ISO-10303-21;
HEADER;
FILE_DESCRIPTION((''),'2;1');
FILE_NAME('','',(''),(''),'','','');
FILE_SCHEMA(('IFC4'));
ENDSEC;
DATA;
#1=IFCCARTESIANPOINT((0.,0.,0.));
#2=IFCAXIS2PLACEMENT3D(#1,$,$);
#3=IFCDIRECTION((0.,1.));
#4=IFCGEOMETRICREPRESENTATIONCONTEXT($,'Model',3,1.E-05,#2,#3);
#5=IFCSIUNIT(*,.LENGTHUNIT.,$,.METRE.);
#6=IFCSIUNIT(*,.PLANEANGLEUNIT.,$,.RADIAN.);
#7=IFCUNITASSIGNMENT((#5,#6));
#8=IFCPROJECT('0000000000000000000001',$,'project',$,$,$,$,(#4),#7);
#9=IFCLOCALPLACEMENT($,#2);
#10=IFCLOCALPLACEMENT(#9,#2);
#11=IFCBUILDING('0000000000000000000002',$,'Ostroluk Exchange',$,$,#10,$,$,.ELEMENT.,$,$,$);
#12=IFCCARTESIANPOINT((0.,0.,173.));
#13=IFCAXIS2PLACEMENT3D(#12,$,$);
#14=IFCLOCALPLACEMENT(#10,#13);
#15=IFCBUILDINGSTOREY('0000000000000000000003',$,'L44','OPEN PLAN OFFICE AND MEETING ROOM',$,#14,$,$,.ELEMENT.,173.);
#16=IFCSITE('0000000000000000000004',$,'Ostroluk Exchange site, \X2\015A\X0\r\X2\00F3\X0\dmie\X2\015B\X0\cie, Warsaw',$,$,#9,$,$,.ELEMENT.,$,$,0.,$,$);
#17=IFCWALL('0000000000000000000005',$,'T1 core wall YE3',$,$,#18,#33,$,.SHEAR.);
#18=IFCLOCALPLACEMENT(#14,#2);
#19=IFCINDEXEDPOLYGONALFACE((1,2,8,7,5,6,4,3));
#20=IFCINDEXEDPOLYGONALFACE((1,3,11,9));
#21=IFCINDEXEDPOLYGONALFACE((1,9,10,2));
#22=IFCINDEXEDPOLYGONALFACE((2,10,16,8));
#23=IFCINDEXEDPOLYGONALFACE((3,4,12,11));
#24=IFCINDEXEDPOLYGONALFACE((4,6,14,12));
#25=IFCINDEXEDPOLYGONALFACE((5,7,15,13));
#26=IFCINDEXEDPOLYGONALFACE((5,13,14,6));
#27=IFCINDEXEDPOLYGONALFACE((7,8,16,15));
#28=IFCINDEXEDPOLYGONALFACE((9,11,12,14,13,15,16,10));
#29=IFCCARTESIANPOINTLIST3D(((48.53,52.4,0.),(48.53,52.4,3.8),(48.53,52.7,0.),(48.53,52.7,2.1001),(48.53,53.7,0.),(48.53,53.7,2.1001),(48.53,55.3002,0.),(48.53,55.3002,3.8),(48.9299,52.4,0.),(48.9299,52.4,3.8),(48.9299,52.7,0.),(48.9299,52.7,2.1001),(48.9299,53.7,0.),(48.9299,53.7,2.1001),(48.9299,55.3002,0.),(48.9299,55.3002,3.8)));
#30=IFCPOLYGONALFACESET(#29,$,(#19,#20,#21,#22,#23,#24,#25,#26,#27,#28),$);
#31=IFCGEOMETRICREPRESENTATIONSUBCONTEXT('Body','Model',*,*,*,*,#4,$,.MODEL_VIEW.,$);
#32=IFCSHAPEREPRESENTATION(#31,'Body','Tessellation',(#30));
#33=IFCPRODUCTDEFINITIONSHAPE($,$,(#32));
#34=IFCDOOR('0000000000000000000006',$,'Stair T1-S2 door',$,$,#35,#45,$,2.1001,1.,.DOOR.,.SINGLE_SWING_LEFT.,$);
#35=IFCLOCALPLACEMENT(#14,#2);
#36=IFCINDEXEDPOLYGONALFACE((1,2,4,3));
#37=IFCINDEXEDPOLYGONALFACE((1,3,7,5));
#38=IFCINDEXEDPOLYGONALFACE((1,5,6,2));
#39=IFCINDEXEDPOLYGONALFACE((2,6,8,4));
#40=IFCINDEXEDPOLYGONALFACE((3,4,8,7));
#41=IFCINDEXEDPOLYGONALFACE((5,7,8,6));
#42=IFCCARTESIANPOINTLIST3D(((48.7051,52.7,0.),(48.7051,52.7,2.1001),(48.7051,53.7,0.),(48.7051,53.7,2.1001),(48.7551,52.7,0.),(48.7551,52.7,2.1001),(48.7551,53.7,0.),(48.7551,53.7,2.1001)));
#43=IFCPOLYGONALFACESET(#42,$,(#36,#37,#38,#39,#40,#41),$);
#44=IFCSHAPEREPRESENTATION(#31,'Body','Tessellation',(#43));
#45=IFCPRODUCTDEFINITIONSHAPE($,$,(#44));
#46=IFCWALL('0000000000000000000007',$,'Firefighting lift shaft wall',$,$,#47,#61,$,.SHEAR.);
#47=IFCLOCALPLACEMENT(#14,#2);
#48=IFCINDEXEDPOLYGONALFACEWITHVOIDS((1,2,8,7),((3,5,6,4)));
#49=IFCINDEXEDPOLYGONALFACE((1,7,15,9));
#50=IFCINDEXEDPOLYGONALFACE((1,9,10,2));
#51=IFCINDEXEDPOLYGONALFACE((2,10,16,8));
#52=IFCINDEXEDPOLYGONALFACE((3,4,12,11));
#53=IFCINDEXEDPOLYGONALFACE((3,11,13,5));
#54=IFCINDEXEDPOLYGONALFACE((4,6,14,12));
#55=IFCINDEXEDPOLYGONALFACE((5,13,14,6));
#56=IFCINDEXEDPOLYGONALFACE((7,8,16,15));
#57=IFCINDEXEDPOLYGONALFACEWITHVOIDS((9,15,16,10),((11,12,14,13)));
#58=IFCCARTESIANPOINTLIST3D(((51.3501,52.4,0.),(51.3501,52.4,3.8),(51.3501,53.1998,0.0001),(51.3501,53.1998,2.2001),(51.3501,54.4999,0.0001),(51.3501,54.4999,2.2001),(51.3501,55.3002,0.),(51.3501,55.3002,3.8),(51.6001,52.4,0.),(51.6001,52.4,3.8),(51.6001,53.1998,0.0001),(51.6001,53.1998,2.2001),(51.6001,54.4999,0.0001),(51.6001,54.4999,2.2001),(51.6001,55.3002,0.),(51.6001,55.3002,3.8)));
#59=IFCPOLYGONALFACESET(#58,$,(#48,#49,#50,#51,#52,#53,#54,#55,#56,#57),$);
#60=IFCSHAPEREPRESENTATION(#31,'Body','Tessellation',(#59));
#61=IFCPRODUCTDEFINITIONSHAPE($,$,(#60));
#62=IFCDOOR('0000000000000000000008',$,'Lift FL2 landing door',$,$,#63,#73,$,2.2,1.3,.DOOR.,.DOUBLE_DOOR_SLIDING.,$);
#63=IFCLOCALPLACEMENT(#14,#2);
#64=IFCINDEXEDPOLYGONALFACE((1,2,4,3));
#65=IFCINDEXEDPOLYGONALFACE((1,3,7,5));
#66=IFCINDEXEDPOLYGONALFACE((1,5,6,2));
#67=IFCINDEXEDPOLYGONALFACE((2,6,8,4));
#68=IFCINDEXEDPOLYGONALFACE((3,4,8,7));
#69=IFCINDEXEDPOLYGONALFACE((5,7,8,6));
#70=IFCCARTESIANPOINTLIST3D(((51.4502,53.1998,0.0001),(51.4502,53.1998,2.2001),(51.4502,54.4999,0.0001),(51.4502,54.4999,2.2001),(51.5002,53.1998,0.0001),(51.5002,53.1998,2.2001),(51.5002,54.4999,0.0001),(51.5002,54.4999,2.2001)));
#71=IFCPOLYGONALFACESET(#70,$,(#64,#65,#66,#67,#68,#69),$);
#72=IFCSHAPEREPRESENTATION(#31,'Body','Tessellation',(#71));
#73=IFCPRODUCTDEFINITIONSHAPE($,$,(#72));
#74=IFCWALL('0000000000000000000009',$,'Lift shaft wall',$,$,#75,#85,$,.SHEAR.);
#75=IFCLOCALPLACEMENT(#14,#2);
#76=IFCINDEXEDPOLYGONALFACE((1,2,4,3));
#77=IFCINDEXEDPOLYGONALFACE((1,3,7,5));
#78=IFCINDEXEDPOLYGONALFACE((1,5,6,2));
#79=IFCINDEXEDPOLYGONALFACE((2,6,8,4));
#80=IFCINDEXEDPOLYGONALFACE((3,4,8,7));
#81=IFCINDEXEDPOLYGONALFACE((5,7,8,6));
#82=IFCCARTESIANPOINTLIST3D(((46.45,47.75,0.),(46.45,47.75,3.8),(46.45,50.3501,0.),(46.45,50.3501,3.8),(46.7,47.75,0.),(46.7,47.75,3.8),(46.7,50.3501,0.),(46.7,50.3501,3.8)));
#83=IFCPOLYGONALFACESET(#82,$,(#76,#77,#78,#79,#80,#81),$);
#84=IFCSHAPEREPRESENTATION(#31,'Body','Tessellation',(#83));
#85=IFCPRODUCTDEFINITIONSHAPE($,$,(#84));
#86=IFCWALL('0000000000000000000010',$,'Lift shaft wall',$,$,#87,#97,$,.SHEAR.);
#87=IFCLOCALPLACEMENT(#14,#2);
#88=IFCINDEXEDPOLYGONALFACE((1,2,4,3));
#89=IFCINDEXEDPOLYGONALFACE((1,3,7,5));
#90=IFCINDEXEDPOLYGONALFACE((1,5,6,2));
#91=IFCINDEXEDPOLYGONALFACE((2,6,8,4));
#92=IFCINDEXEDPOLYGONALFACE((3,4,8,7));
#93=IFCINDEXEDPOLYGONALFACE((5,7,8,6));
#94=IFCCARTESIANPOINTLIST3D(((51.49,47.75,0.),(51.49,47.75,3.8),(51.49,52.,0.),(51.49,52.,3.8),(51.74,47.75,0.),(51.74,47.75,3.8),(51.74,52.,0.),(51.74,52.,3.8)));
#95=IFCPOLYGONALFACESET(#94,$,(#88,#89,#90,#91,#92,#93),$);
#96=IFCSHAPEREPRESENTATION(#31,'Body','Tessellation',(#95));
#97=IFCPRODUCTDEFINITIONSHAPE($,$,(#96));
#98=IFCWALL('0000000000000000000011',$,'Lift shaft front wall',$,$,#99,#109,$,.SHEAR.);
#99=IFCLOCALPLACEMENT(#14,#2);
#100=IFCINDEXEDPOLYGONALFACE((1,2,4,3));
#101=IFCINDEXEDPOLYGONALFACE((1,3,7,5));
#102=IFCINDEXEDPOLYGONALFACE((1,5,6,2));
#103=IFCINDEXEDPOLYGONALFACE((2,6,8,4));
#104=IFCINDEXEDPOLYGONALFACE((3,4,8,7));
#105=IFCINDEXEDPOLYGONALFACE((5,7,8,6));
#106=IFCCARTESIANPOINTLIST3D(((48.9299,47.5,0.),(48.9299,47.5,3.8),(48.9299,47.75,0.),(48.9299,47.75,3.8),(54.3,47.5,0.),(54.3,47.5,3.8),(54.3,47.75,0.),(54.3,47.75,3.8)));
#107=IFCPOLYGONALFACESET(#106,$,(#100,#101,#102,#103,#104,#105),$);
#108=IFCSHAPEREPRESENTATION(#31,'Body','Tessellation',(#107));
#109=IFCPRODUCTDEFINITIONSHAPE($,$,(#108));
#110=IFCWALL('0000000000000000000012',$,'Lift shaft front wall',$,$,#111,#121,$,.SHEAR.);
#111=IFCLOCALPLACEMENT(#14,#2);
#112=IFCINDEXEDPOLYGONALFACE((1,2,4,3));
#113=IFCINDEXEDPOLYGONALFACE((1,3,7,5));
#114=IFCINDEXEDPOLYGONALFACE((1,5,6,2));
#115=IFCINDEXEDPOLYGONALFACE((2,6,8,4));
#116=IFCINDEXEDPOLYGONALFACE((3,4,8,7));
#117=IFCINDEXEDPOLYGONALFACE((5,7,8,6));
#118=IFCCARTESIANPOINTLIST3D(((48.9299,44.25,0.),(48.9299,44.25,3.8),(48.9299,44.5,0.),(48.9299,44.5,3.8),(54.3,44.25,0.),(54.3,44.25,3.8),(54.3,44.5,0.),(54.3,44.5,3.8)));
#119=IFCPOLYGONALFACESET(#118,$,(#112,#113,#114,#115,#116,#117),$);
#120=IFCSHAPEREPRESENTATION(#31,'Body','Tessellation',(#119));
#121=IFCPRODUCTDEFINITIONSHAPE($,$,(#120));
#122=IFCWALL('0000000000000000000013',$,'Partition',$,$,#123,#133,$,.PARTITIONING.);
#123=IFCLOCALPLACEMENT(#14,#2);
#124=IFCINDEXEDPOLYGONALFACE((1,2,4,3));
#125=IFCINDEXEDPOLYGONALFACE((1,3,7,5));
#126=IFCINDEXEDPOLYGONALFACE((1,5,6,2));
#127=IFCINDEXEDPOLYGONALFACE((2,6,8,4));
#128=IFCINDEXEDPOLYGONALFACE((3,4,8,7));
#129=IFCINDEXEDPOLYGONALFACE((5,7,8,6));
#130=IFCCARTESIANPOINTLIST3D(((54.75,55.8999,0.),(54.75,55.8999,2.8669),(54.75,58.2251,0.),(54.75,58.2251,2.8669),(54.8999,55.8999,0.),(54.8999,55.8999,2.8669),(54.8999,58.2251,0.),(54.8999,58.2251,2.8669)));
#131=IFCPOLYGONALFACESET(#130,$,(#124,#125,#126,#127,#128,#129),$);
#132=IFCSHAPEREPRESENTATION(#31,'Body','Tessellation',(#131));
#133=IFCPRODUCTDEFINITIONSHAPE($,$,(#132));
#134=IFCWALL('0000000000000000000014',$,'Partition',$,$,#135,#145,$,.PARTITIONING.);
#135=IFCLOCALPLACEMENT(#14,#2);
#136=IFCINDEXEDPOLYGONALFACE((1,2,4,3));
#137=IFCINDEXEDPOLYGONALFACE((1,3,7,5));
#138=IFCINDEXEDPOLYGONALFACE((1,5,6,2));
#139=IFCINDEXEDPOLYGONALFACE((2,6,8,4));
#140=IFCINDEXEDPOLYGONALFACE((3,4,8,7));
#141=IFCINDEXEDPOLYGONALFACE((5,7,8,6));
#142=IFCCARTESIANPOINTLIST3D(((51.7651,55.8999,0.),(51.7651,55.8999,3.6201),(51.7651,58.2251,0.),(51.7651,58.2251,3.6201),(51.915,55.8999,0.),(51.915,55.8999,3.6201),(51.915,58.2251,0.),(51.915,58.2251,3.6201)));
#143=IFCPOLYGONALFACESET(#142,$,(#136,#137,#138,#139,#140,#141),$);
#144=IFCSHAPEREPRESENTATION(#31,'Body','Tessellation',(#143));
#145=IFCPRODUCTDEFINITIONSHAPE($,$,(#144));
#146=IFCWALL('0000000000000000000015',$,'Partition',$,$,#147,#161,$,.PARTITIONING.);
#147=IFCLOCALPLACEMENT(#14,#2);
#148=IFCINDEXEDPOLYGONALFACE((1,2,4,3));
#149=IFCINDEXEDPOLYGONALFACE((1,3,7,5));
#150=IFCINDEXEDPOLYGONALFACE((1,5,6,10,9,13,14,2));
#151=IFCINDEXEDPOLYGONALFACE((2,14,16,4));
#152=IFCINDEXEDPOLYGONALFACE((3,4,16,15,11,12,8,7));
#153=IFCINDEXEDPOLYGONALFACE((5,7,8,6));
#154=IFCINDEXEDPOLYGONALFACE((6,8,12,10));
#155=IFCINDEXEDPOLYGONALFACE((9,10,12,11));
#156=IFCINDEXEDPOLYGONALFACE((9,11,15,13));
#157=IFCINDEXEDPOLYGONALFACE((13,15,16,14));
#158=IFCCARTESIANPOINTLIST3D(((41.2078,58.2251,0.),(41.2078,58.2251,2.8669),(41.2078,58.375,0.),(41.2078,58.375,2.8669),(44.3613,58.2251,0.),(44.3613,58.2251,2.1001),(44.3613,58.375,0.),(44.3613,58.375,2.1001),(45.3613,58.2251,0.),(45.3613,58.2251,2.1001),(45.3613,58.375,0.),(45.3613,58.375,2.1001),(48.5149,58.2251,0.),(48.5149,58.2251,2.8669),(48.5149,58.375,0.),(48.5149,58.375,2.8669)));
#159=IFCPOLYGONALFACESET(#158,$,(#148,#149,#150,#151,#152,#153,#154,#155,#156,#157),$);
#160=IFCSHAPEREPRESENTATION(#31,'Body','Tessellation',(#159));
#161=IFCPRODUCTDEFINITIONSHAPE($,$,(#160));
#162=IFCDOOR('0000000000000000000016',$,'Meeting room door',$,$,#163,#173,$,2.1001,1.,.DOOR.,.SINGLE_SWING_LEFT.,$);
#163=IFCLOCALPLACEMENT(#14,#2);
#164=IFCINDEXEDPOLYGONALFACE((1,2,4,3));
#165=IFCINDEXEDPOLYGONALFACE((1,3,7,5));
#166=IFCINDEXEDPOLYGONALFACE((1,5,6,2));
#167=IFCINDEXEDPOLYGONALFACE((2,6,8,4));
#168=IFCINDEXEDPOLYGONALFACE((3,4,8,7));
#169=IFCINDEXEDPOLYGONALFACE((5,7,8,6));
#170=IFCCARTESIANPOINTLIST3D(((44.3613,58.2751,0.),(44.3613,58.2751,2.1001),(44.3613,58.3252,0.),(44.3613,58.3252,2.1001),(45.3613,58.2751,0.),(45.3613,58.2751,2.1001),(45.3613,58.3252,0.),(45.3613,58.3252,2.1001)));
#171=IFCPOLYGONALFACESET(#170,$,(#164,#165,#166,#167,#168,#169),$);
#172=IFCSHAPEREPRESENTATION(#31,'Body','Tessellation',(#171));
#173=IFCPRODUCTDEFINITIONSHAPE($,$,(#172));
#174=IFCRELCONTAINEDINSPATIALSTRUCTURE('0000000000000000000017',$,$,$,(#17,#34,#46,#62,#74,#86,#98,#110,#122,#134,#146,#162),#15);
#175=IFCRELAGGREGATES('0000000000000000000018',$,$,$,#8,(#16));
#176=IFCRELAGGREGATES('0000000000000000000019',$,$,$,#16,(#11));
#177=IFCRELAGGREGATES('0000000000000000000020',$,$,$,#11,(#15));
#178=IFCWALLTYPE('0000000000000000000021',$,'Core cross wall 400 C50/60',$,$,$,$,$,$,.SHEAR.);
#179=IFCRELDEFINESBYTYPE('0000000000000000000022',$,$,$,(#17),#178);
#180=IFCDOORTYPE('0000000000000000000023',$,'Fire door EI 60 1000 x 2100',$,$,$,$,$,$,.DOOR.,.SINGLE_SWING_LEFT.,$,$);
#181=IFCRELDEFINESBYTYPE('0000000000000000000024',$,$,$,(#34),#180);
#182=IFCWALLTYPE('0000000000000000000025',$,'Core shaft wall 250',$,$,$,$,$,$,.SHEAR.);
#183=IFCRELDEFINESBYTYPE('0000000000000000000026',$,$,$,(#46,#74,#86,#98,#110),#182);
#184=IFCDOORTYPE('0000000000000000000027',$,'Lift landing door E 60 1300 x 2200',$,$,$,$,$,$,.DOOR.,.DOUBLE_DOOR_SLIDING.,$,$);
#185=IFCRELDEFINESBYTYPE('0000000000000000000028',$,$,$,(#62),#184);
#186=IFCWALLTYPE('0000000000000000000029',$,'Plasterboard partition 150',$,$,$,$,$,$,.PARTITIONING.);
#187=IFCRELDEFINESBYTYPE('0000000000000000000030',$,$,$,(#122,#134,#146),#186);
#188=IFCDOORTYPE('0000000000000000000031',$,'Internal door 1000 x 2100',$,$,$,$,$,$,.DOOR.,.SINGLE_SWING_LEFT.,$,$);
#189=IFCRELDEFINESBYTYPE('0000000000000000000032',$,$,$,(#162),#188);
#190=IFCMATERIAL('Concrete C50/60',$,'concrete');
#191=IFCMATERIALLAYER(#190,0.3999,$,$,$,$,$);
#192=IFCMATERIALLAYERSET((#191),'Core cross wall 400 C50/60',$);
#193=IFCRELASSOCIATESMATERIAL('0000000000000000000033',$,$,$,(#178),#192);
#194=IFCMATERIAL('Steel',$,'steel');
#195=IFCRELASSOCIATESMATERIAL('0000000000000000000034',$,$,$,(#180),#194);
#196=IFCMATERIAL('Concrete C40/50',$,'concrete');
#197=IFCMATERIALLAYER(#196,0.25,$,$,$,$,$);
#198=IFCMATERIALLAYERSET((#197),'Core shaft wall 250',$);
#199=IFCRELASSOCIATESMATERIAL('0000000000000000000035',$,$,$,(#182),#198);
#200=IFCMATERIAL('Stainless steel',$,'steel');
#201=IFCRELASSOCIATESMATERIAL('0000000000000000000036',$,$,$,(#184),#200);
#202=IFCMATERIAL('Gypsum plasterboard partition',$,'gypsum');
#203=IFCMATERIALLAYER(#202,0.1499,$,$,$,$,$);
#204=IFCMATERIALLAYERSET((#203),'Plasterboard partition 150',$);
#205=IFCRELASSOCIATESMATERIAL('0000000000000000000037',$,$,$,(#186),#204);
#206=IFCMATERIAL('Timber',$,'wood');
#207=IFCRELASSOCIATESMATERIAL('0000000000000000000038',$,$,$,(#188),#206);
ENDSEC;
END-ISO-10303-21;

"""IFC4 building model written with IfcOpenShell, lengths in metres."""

from ifc_helpers import new_model, si_unit, direction, frame, frame_2d, origin, place, context, subcontext, project, spatial, rectangle, extrude, material, layer, layer_set, type_object, element, fill, save


model = new_model("IFC4")

# Units and contexts
model_context = context("Model", 3, precision=1e-05, world=origin(), true_north=direction((0.0, 1.0)))
body_context = subcontext(model_context, "Body", "Model", "MODEL_VIEW")
ifc_project = project(units=[si_unit("LENGTHUNIT", "METRE"), si_unit("PLANEANGLEUNIT", "RADIAN")], contexts=[model_context])

# Site, building, storey
site_placement = place(None, origin())
site = spatial("IfcSite", under=ifc_project, at=site_placement, Name="Ostroluk Exchange site, Śródmieście, Warsaw", CompositionType="ELEMENT", RefElevation=0.0)
building_placement = place(site_placement, origin())
building = spatial("IfcBuilding", under=site, at=building_placement, Name="Ostroluk Exchange", CompositionType="ELEMENT")
storey_placement = place(building_placement, frame((0.0, 0.0, 173.0)))
storey = spatial("IfcBuildingStorey", under=building, at=storey_placement, Name="L44", Description="OPEN PLAN OFFICE AND MEETING ROOM", CompositionType="ELEMENT", Elevation=173.0)

# Walls, openings, doors
ifc_material_1 = material(Name="Concrete C50/60", Category="concrete")
ifc_layer_1 = layer(ifc_material_1, 0.3999)
ifc_layer_set_1 = layer_set([ifc_layer_1], Name="Core cross wall 400 C50/60")
wall_type_1 = type_object("IfcWallType", Name="Core cross wall 400 C50/60", PredefinedType="SHEAR", material=ifc_layer_set_1)
wall_1_placement = place(storey_placement, frame((48.73, 52.3999, 0.0), z_axis=(0.0, 0.0, 1.0), x_axis=(0.0, 1.0, 0.0)))
wall_1 = element("IfcWall", 1, at=wall_1_placement, inside=storey, type_object=wall_type_1, Name="T1 core wall YE3", PredefinedType="SHEAR", context=body_context, shape_type="SweptSolid", body=[
    extrude(rectangle(XDim=2.9001, YDim=0.3999, at=frame_2d((1.4502, 0.0))), origin(), (0.0, 0.0, 1.0), 3.8),
])
opening_1_placement = place(wall_1_placement, frame((0.3, 0.0, 0.0)))
opening_1 = element("IfcOpeningElement", 2, at=opening_1_placement, cuts=wall_1, PredefinedType="OPENING", context=body_context, shape_type="SweptSolid", body=[
    extrude(rectangle(XDim=1.0, YDim=2.1001, at=frame_2d((0.5, 1.05))), frame((0.0, 0.21, 0.0), z_axis=(0.0, -1.0, 0.0), x_axis=(1.0, 0.0, 0.0)), (0.0, 0.0, 1.0), 0.4199),
])
ifc_material_2 = material(Name="Steel", Category="steel")
door_type_1 = type_object("IfcDoorType", Name="Fire door EI 60 1000 x 2100", OperationType="SINGLE_SWING_LEFT", PredefinedType="DOOR", material=ifc_material_2)
door_1_placement = place(opening_1_placement, origin())
door_1 = element("IfcDoor", 3, at=door_1_placement, inside=storey, type_object=door_type_1, Name="Stair T1-S2 door", OperationType="SINGLE_SWING_LEFT", OverallHeight=2.1001, OverallWidth=1.0, PredefinedType="DOOR", context=body_context, shape_type="SweptSolid", body=[
    extrude(rectangle(XDim=1.0, YDim=2.1001, at=frame_2d((0.5, 1.05))), frame((0.0, 0.0249, 0.0), z_axis=(0.0, -1.0, 0.0), x_axis=(1.0, 0.0, 0.0)), (0.0, 0.0, 1.0), 0.05),
])
fill(opening_1, door_1)
ifc_material_3 = material(Name="Concrete C40/50", Category="concrete")
ifc_layer_2 = layer(ifc_material_3, 0.25)
ifc_layer_set_2 = layer_set([ifc_layer_2], Name="Core shaft wall 250")
wall_type_2 = type_object("IfcWallType", Name="Core shaft wall 250", PredefinedType="SHEAR", material=ifc_layer_set_2)
wall_2_placement = place(storey_placement, frame((51.4751, 52.3999, 0.0), z_axis=(0.0, 0.0, 1.0), x_axis=(0.0, 1.0, 0.0)))
wall_2 = element("IfcWall", 4, at=wall_2_placement, inside=storey, type_object=wall_type_2, Name="Firefighting lift shaft wall", PredefinedType="SHEAR", context=body_context, shape_type="SweptSolid", body=[
    extrude(rectangle(XDim=2.9001, YDim=0.25, at=frame_2d((1.4502, 0.0))), origin(), (0.0, 0.0, 1.0), 3.8),
])
opening_2_placement = place(wall_2_placement, frame((0.8, 0.0, 0.0)))
opening_2 = element("IfcOpeningElement", 5, at=opening_2_placement, cuts=wall_2, PredefinedType="OPENING", context=body_context, shape_type="SweptSolid", body=[
    extrude(rectangle(XDim=1.3, YDim=2.2, at=frame_2d((0.6499, 1.1001))), frame((0.0, 0.135, 0.0), z_axis=(0.0, -1.0, 0.0), x_axis=(1.0, 0.0, 0.0)), (0.0, 0.0, 1.0), 0.27),
])
ifc_material_4 = material(Name="Stainless steel", Category="steel")
door_type_2 = type_object("IfcDoorType", Name="Lift landing door E 60 1300 x 2200", OperationType="DOUBLE_DOOR_SLIDING", PredefinedType="DOOR", material=ifc_material_4)
door_2_placement = place(opening_2_placement, origin())
door_2 = element("IfcDoor", 6, at=door_2_placement, inside=storey, type_object=door_type_2, Name="Lift FL2 landing door", OperationType="DOUBLE_DOOR_SLIDING", OverallHeight=2.2, OverallWidth=1.3, PredefinedType="DOOR", context=body_context, shape_type="SweptSolid", body=[
    extrude(rectangle(XDim=1.3, YDim=2.2, at=frame_2d((0.6499, 1.1001))), frame((0.0, 0.0249, 0.0), z_axis=(0.0, -1.0, 0.0), x_axis=(1.0, 0.0, 0.0)), (0.0, 0.0, 1.0), 0.05),
])
fill(opening_2, door_2)

# Walls
wall_3_placement = place(storey_placement, frame((46.575, 47.75, 0.0), z_axis=(0.0, 0.0, 1.0), x_axis=(0.0, 1.0, 0.0)))
element("IfcWall", 7, at=wall_3_placement, inside=storey, type_object=wall_type_2, Name="Lift shaft wall", PredefinedType="SHEAR", context=body_context, shape_type="SweptSolid", body=[
    extrude(rectangle(XDim=2.6001, YDim=0.25, at=frame_2d((1.3, 0.0))), origin(), (0.0, 0.0, 1.0), 3.8),
])
wall_4_placement = place(storey_placement, frame((51.615, 47.75, 0.0), z_axis=(0.0, 0.0, 1.0), x_axis=(0.0, 1.0, 0.0)))
element("IfcWall", 8, at=wall_4_placement, inside=storey, type_object=wall_type_2, Name="Lift shaft wall", PredefinedType="SHEAR", context=body_context, shape_type="SweptSolid", body=[
    extrude(rectangle(XDim=4.25, YDim=0.25, at=frame_2d((2.125, 0.0))), origin(), (0.0, 0.0, 1.0), 3.8),
])
for number, where, z_axis, x_axis, name in (
    (9, (48.9299, 47.625, 0.0), (0.0, 0.0, 1.0), (1.0, 0.0, 0.0), "Lift shaft front wall"),
    (10, (48.9299, 44.375, 0.0), (0.0, 0.0, 1.0), (1.0, 0.0, 0.0), "Lift shaft front wall"),
):
    element("IfcWall", number, at=place(storey_placement, frame(where, z_axis=z_axis, x_axis=x_axis)), inside=storey, type_object=wall_type_2, Name=name, PredefinedType="SHEAR", context=body_context, shape_type="SweptSolid", body=[
        extrude(rectangle(XDim=5.3701, YDim=0.25, at=frame_2d((2.6851, 0.0))), origin(), (0.0, 0.0, 1.0), 3.8),
    ])
ifc_material_5 = material(Name="Gypsum plasterboard partition", Category="gypsum")
ifc_layer_3 = layer(ifc_material_5, 0.1499)
ifc_layer_set_3 = layer_set([ifc_layer_3], Name="Plasterboard partition 150")
wall_type_3 = type_object("IfcWallType", Name="Plasterboard partition 150", PredefinedType="PARTITIONING", material=ifc_layer_set_3)
wall_5_placement = place(storey_placement, frame((54.825, 55.8999, 0.0), z_axis=(0.0, 0.0, 1.0), x_axis=(0.0, 1.0, 0.0)))
element("IfcWall", 11, at=wall_5_placement, inside=storey, type_object=wall_type_3, Name="Partition", PredefinedType="PARTITIONING", context=body_context, shape_type="SweptSolid", body=[
    extrude(rectangle(XDim=2.3252, YDim=0.1499, at=frame_2d((1.1626, 0.0))), origin(), (0.0, 0.0, 1.0), 2.8669),
])
wall_6_placement = place(storey_placement, frame((51.8401, 55.8999, 0.0), z_axis=(0.0, 0.0, 1.0), x_axis=(0.0, 1.0, 0.0)))
element("IfcWall", 12, at=wall_6_placement, inside=storey, type_object=wall_type_3, Name="Partition", PredefinedType="PARTITIONING", context=body_context, shape_type="SweptSolid", body=[
    extrude(rectangle(XDim=2.3252, YDim=0.1499, at=frame_2d((1.1626, 0.0))), origin(), (0.0, 0.0, 1.0), 3.6201),
])

# Wall, opening, door
wall_7_placement = place(storey_placement, frame((48.5149, 58.3, 0.0), z_axis=(0.0, 0.0, 1.0), x_axis=(-1.0, 0.0, 0.0)))
wall_7 = element("IfcWall", 13, at=wall_7_placement, inside=storey, type_object=wall_type_3, Name="Partition", PredefinedType="PARTITIONING", context=body_context, shape_type="SweptSolid", body=[
    extrude(rectangle(XDim=7.3071, YDim=0.1499, at=frame_2d((3.6536, 0.0))), origin(), (0.0, 0.0, 1.0), 2.8669),
])
opening_3_placement = place(wall_7_placement, frame((3.1536, 0.0, 0.0)))
opening_3 = element("IfcOpeningElement", 14, at=opening_3_placement, cuts=wall_7, PredefinedType="OPENING", context=body_context, shape_type="SweptSolid", body=[
    extrude(rectangle(XDim=1.0, YDim=2.1001, at=frame_2d((0.5, 1.05))), frame((0.0, 0.085, 0.0), z_axis=(0.0, -1.0, 0.0), x_axis=(1.0, 0.0, 0.0)), (0.0, 0.0, 1.0), 0.1699),
])
ifc_material_6 = material(Name="Timber", Category="wood")
door_type_3 = type_object("IfcDoorType", Name="Internal door 1000 x 2100", OperationType="SINGLE_SWING_LEFT", PredefinedType="DOOR", material=ifc_material_6)
door_3_placement = place(opening_3_placement, origin())
door_3 = element("IfcDoor", 15, at=door_3_placement, inside=storey, type_object=door_type_3, Name="Meeting room door", OperationType="SINGLE_SWING_LEFT", OverallHeight=2.1001, OverallWidth=1.0, PredefinedType="DOOR", context=body_context, shape_type="SweptSolid", body=[
    extrude(rectangle(XDim=1.0, YDim=2.1001, at=frame_2d((0.5, 1.05))), frame((0.0, 0.0249, 0.0), z_axis=(0.0, -1.0, 0.0), x_axis=(1.0, 0.0, 0.0)), (0.0, 0.0, 1.0), 0.05),
])
fill(opening_3, door_3)

save(model, "model.ifc")
